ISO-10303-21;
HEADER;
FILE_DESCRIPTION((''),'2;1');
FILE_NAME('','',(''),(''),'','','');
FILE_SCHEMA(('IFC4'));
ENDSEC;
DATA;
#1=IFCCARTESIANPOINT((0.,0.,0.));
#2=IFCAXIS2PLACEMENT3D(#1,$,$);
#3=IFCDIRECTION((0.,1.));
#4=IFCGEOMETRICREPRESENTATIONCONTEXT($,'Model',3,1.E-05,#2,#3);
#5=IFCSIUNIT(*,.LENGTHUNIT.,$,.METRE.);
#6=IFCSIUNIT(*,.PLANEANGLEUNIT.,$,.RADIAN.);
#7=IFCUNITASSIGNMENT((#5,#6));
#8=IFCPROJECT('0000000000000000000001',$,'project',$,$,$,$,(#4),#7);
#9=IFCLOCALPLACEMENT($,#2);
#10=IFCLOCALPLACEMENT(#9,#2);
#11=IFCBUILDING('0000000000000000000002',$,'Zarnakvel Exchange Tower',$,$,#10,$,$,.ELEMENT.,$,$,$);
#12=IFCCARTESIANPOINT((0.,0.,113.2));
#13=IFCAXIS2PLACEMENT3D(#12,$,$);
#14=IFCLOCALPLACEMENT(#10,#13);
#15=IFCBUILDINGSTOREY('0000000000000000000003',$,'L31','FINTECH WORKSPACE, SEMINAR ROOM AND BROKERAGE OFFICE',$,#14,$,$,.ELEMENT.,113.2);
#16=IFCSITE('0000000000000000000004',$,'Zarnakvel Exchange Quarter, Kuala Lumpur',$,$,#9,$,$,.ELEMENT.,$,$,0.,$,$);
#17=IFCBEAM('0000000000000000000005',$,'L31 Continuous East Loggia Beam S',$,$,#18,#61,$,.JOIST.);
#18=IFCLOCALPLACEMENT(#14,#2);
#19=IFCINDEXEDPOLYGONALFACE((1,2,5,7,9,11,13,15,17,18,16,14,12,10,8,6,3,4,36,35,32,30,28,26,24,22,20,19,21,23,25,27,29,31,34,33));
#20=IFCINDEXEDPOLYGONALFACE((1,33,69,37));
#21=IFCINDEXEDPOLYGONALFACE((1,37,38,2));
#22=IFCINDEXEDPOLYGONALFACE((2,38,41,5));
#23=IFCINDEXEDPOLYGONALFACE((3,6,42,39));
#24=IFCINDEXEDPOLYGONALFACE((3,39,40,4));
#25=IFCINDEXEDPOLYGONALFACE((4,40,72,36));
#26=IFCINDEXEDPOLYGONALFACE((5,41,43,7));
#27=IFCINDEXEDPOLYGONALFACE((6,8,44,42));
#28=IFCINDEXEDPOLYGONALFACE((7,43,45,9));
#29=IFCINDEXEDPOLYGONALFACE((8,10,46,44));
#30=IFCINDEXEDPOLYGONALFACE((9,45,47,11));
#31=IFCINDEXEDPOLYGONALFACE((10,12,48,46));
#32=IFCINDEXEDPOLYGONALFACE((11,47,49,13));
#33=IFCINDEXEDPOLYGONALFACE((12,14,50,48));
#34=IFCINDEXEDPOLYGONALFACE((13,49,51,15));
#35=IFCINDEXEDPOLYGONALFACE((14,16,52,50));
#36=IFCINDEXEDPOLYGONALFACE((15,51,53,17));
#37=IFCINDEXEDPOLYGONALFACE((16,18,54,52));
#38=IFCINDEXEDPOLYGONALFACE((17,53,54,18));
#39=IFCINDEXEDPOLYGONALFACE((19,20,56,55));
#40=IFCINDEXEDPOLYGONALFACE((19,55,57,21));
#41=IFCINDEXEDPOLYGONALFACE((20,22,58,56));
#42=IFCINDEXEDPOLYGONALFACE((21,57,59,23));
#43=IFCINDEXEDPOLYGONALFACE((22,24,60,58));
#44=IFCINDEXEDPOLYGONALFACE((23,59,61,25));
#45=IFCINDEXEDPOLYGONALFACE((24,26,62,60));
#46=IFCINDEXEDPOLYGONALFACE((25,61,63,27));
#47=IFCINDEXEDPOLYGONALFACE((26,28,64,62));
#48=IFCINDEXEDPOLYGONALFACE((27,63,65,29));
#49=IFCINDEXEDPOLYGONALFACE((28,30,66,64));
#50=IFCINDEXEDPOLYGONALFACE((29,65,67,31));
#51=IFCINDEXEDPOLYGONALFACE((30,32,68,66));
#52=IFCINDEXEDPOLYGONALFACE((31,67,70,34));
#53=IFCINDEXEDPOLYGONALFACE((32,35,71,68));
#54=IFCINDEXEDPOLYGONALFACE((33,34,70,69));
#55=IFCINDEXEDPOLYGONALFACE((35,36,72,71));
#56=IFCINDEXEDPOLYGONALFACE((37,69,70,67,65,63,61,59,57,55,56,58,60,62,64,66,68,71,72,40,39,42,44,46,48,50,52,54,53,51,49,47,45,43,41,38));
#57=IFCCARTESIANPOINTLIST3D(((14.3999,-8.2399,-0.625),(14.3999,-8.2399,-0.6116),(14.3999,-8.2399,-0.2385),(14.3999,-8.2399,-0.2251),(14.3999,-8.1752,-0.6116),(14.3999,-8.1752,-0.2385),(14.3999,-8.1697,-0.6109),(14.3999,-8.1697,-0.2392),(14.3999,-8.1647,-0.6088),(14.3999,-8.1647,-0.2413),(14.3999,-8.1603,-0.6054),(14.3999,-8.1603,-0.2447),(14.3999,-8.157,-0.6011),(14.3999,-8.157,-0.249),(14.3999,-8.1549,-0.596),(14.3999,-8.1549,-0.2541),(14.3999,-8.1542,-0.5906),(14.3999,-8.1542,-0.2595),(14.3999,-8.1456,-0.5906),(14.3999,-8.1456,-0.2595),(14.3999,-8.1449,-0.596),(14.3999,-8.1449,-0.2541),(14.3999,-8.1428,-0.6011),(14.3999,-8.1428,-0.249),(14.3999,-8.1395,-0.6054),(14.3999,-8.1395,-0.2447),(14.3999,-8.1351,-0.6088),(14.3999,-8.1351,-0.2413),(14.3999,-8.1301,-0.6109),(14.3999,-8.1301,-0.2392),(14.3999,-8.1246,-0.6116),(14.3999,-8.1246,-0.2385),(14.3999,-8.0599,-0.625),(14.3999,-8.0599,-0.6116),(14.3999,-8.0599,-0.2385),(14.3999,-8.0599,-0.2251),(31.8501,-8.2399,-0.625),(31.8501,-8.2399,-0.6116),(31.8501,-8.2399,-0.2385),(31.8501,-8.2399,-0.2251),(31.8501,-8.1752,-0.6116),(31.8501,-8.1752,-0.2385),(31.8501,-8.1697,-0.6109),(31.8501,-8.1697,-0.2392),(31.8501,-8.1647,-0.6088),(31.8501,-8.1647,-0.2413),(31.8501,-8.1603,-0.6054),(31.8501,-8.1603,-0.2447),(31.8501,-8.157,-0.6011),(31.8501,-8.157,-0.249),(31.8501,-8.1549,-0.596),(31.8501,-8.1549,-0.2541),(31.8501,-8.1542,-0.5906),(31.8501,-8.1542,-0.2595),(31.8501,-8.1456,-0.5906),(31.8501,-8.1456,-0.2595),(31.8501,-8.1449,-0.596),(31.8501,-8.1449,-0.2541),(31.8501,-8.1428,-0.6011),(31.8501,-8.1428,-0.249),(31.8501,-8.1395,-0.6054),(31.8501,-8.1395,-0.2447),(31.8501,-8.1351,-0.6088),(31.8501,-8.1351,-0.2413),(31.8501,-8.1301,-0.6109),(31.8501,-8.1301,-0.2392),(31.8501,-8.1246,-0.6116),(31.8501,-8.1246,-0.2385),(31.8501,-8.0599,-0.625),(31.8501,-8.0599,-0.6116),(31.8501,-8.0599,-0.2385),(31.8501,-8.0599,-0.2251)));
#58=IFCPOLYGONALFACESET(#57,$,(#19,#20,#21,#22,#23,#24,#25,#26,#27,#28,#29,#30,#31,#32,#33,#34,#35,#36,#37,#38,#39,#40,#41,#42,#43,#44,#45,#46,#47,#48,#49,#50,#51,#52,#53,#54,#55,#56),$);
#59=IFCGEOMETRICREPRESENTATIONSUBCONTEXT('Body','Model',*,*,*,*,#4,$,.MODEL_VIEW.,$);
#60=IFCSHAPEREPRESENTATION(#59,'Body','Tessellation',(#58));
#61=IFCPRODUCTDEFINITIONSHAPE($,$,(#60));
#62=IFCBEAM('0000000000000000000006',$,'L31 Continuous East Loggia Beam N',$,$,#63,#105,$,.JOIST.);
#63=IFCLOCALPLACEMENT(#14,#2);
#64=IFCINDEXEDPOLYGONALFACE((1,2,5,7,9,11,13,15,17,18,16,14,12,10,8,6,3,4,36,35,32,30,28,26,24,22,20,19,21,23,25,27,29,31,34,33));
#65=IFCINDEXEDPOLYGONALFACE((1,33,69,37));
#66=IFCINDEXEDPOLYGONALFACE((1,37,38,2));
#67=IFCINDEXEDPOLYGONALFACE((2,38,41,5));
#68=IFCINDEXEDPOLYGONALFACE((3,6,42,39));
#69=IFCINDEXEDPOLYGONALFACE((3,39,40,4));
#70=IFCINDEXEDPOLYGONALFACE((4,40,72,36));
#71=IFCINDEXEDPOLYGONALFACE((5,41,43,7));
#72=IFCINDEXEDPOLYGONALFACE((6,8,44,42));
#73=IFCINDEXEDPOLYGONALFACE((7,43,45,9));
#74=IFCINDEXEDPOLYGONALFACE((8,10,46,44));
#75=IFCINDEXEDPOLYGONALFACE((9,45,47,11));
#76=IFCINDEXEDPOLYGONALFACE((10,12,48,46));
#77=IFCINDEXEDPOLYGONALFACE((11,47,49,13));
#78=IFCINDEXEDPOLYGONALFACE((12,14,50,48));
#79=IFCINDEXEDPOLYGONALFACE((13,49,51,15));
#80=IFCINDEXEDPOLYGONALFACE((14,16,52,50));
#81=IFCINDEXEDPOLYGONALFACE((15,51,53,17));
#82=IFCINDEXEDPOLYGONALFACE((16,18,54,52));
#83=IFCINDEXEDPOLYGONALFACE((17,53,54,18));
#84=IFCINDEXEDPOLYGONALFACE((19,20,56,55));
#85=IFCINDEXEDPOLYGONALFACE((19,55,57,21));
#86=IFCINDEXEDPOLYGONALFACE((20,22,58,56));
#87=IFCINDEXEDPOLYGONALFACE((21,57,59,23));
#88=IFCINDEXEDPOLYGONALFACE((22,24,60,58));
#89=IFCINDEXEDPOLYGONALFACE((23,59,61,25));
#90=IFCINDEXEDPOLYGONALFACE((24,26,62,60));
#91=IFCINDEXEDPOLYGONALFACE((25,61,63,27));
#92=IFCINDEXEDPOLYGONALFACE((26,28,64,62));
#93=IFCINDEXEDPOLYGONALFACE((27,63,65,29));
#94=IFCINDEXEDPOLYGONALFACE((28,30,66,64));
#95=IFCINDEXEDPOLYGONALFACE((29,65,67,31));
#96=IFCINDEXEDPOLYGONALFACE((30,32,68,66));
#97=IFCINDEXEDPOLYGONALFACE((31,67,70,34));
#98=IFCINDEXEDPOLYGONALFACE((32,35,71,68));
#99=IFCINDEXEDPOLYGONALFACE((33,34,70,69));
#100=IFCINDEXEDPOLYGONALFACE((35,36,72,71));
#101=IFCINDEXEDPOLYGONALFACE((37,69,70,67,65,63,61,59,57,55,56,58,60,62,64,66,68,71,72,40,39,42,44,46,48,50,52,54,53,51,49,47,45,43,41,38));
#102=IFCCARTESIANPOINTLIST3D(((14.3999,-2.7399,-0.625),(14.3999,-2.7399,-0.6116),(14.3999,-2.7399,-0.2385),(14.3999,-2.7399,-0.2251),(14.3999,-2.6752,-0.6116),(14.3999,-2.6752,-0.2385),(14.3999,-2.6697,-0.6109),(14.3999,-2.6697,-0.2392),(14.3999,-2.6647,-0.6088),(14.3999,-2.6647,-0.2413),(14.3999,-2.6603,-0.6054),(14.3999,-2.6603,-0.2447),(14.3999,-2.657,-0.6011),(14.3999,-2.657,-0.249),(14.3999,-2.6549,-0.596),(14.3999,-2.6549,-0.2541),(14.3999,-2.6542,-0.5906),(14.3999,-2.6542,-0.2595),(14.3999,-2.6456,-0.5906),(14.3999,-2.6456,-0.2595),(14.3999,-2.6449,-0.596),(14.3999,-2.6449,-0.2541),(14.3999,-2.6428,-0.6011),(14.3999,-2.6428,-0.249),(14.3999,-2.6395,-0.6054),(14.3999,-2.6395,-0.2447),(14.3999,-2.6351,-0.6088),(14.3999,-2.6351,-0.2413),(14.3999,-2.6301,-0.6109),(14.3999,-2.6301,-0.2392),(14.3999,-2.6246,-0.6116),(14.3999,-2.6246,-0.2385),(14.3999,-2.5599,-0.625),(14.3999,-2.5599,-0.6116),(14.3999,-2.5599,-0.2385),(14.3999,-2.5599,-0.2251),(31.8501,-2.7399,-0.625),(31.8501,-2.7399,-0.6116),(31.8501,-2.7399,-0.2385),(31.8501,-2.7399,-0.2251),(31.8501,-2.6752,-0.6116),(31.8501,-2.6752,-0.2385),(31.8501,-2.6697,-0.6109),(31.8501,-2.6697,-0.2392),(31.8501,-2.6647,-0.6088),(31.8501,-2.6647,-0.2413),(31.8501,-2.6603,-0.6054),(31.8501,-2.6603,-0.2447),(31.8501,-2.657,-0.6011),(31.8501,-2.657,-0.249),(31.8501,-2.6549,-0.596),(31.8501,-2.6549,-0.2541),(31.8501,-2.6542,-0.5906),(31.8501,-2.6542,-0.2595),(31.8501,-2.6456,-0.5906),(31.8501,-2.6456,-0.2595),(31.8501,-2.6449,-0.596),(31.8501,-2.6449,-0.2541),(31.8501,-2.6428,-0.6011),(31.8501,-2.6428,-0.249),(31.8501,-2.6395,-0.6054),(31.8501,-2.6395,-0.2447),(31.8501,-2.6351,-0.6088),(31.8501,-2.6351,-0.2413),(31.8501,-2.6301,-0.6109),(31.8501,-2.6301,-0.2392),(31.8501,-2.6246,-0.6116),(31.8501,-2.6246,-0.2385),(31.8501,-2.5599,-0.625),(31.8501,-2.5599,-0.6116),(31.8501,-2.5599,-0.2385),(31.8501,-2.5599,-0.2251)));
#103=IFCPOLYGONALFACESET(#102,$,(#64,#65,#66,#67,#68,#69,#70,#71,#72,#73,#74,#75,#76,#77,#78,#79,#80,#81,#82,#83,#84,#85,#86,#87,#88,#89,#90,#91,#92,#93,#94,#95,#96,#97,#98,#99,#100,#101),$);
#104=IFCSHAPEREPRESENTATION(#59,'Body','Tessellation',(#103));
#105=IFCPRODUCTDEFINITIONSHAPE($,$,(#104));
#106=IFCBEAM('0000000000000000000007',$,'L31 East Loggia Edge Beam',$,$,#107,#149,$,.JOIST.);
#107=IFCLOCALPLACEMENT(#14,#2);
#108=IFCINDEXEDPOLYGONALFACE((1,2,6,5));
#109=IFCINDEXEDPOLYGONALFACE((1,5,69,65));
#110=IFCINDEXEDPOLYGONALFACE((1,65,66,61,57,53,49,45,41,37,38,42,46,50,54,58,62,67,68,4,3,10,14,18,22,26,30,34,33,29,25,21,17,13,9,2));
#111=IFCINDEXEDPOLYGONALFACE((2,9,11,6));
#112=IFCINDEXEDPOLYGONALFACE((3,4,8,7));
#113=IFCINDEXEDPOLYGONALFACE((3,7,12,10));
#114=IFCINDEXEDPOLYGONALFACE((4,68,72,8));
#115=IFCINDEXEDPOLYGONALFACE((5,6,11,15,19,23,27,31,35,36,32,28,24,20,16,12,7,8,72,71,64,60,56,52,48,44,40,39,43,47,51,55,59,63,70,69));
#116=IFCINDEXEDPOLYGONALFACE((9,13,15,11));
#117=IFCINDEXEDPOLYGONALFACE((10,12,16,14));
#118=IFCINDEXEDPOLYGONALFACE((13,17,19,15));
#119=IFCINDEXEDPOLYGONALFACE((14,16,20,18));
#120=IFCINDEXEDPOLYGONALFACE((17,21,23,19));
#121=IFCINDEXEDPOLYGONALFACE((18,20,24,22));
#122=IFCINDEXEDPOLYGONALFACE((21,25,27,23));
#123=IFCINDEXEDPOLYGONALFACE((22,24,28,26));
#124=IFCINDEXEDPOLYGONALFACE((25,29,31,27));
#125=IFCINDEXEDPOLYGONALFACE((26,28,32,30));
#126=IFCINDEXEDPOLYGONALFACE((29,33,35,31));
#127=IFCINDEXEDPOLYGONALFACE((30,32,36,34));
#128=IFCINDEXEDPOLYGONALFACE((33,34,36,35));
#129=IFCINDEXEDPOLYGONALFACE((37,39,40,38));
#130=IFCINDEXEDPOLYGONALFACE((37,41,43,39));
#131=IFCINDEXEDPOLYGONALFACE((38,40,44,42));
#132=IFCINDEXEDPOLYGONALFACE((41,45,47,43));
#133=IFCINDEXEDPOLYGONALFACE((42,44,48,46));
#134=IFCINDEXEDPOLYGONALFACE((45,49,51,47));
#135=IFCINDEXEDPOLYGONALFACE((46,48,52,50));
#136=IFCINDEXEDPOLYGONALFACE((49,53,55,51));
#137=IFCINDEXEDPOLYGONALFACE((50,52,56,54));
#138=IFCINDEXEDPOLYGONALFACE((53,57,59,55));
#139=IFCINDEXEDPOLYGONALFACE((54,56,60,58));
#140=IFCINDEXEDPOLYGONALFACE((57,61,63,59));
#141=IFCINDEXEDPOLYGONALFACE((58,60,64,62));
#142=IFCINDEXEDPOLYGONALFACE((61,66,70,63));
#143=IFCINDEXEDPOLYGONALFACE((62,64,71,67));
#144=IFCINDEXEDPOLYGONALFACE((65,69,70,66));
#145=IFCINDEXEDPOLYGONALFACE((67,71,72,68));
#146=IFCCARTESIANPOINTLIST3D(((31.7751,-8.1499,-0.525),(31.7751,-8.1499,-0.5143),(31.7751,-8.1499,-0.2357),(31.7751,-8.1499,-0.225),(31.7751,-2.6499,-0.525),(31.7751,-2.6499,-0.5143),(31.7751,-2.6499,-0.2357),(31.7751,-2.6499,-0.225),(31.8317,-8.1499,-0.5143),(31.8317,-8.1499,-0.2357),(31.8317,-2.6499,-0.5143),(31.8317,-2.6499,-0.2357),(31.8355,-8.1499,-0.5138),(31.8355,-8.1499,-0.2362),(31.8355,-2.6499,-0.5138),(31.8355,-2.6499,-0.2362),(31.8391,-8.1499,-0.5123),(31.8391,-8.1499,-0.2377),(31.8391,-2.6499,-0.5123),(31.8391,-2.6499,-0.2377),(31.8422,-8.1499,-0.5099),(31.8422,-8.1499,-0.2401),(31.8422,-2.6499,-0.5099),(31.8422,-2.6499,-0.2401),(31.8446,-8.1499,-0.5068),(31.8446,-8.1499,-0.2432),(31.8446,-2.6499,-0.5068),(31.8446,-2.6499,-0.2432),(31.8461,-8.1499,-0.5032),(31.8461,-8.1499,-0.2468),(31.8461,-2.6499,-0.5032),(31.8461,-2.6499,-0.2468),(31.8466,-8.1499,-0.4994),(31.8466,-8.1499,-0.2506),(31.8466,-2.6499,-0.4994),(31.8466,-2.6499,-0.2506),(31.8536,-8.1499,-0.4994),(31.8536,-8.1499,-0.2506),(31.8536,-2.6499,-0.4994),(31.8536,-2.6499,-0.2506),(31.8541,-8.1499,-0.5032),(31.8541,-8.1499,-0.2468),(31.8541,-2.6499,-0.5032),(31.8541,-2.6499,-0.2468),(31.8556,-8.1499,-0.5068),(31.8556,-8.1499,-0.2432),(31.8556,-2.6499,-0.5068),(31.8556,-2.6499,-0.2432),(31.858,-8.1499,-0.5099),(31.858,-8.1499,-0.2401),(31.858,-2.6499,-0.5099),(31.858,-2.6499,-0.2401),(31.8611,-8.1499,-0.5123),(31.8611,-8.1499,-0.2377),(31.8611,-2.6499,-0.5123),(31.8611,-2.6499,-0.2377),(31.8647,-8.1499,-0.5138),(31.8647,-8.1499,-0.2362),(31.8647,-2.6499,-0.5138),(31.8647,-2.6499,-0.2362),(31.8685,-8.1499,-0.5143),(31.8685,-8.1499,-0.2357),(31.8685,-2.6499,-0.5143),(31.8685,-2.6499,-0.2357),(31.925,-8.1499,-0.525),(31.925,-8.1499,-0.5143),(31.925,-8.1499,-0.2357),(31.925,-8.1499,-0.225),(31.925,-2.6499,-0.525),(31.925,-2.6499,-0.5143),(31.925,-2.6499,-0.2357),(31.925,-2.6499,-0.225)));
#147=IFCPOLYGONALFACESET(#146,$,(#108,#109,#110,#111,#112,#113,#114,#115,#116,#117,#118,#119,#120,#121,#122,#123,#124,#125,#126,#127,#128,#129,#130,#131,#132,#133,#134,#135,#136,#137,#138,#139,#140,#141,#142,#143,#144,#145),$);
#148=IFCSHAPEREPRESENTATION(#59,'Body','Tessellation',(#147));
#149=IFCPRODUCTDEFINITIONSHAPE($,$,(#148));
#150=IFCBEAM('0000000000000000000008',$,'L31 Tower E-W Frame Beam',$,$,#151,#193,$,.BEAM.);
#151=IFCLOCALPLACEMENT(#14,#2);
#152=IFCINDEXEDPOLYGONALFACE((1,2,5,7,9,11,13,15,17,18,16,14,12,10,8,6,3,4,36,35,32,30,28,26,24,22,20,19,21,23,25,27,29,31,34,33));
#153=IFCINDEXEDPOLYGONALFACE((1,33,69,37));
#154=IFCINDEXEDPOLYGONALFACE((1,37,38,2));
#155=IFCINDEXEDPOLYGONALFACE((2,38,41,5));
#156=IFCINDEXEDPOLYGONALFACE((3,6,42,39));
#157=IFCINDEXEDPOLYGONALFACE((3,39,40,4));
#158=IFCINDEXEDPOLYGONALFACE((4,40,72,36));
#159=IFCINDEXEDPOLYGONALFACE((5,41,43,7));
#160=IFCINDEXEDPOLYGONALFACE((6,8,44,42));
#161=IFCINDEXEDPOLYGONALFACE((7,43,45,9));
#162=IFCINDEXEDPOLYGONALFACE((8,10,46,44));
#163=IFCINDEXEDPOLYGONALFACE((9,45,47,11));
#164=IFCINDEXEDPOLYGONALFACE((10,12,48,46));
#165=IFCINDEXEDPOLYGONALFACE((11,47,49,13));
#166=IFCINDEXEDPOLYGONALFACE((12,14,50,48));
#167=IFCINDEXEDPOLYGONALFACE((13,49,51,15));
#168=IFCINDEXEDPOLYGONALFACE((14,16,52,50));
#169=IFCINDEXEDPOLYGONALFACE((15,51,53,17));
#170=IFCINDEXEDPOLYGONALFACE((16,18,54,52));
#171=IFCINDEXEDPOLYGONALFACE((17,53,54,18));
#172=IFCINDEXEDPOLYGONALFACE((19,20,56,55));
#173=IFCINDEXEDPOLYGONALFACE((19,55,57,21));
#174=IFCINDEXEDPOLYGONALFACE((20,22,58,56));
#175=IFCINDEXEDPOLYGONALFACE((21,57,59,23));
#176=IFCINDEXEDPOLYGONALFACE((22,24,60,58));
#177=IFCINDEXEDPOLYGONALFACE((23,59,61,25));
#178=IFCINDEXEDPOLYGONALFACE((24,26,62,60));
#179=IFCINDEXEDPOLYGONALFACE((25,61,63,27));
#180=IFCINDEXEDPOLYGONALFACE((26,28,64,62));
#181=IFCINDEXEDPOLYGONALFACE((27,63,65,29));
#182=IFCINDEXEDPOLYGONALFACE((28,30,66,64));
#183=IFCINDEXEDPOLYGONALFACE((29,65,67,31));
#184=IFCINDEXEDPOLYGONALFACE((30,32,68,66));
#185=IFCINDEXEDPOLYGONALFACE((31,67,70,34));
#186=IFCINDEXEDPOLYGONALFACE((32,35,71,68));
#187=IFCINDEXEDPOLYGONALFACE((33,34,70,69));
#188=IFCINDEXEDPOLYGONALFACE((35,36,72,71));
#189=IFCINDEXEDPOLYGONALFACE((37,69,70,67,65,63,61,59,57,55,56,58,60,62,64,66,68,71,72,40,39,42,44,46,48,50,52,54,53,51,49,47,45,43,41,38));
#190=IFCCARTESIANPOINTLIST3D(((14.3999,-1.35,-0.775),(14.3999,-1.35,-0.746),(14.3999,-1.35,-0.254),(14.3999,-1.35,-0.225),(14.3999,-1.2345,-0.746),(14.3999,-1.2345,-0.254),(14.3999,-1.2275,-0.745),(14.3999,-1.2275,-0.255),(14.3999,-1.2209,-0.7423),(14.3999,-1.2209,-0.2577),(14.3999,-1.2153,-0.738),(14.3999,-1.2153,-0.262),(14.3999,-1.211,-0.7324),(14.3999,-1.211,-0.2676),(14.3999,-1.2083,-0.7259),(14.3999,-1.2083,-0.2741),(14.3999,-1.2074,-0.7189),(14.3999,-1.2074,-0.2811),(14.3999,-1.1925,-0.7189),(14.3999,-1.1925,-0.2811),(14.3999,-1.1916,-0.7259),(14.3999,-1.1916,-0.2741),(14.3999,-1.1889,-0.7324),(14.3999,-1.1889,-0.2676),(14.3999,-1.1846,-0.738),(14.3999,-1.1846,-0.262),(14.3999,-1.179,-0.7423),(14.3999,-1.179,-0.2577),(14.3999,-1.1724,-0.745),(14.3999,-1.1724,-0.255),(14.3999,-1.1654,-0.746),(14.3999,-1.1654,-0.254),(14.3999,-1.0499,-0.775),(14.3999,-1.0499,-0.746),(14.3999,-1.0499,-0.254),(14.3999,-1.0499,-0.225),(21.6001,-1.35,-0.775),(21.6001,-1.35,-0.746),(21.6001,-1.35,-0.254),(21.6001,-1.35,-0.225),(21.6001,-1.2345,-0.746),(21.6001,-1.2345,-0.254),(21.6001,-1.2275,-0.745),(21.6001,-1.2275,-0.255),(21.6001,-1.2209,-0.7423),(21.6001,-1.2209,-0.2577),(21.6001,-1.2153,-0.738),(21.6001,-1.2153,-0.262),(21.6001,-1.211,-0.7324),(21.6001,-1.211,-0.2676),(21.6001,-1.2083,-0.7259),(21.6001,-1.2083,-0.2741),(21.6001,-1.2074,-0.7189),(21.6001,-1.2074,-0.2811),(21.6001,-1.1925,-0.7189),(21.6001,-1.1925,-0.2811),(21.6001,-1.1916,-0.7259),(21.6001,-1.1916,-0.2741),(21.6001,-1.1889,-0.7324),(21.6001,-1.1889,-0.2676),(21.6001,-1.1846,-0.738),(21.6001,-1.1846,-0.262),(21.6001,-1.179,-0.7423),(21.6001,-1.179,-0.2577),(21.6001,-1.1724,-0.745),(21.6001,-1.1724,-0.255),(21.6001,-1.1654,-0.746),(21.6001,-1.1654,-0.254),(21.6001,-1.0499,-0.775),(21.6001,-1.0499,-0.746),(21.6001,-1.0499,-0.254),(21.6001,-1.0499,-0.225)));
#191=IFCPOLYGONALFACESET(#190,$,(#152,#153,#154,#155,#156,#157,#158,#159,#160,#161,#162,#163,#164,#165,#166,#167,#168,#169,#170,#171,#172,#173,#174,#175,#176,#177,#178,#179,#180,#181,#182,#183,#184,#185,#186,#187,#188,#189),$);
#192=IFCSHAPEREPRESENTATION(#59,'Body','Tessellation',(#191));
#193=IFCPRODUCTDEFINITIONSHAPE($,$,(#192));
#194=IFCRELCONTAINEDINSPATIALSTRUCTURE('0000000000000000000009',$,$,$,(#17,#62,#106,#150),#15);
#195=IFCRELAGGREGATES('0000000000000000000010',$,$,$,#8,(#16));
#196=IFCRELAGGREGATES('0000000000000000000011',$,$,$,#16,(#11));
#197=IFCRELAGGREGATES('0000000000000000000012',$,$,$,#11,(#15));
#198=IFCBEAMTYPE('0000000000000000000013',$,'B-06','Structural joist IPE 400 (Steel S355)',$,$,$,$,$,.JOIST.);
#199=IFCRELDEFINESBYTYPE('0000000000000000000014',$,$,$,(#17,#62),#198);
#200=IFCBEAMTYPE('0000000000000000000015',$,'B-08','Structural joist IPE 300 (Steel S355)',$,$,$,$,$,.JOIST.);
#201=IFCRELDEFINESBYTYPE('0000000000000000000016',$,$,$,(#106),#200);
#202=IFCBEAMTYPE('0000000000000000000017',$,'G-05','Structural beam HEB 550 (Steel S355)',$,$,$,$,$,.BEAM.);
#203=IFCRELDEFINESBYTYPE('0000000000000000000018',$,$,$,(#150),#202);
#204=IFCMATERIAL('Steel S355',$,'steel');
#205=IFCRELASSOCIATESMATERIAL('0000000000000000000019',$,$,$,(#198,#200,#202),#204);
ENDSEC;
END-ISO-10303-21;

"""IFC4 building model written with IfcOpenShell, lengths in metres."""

from ifc_helpers import new_model, si_unit, direction, frame, origin, origin_2d, place, context, subcontext, project, spatial, i_section, extrude, material, material_profile, profile_set, type_object, element, save


model = new_model("IFC4")

# Units and contexts
model_context = context("Model", 3, precision=1e-05, world=origin(), true_north=direction((0.0, 1.0)))
body_context = subcontext(model_context, "Body", "Model", "MODEL_VIEW")
ifc_project = project(units=[si_unit("LENGTHUNIT", "METRE"), si_unit("PLANEANGLEUNIT", "RADIAN")], contexts=[model_context])

# Site, building, storey
site_placement = place(None, origin())
site = spatial("IfcSite", under=ifc_project, at=site_placement, Name="Zarnakvel Exchange Quarter, Kuala Lumpur", CompositionType="ELEMENT", RefElevation=0.0)
building_placement = place(site_placement, origin())
building = spatial("IfcBuilding", under=site, at=building_placement, Name="Zarnakvel Exchange Tower", CompositionType="ELEMENT")
storey_placement = place(building_placement, frame((0.0, 0.0, 113.2)))
storey = spatial("IfcBuildingStorey", under=building, at=storey_placement, Name="L31", Description="FINTECH WORKSPACE, SEMINAR ROOM AND BROKERAGE OFFICE", CompositionType="ELEMENT", Elevation=113.2)

# Shared definitions
ifc_material_1 = material(Name="Steel S355", Category="steel")

# Beams
ifc_material_profile_1 = material_profile(ifc_material_1, i_section(OverallWidth=0.1799, OverallDepth=0.3999, WebThickness=0.0085, FlangeThickness=0.0134, FilletRadius=0.021, at=origin_2d()))
ifc_profile_set_1 = profile_set([ifc_material_profile_1], Name="Steel S355")
beam_type_1 = type_object("IfcBeamType", Name="B-06", Description="Structural joist IPE 400 (Steel S355)", PredefinedType="JOIST", material=ifc_profile_set_1)
for number, where, z_axis, x_axis, name in (
    (1, (14.3999, -8.1499, -0.425), (1.0, 0.0, 0.0), (0.0, 1.0, 0.0), "L31 Continuous East Loggia Beam S"),
    (2, (14.3999, -2.6499, -0.425), (1.0, 0.0, 0.0), (0.0, 1.0, 0.0), "L31 Continuous East Loggia Beam N"),
):
    element("IfcBeam", number, at=place(storey_placement, frame(where, z_axis=z_axis, x_axis=x_axis)), inside=storey, type_object=beam_type_1, Name=name, PredefinedType="JOIST", context=body_context, shape_type="SweptSolid", body=[
        extrude(i_section(OverallWidth=0.1799, OverallDepth=0.3999, WebThickness=0.0085, FlangeThickness=0.0134, FilletRadius=0.021, at=origin_2d()), origin(), (0.0, 0.0, 1.0), 17.4502),
    ])
ifc_material_profile_2 = material_profile(ifc_material_1, i_section(OverallWidth=0.1499, OverallDepth=0.3, WebThickness=0.0071, FlangeThickness=0.0107, FilletRadius=0.0149, at=origin_2d()))
ifc_profile_set_2 = profile_set([ifc_material_profile_2], Name="Steel S355")
beam_type_2 = type_object("IfcBeamType", Name="B-08", Description="Structural joist IPE 300 (Steel S355)", PredefinedType="JOIST", material=ifc_profile_set_2)
beam_1_placement = place(storey_placement, frame((31.8501, -8.1499, -0.375), z_axis=(0.0, 1.0, 0.0), x_axis=(-1.0, 0.0, 0.0)))
element("IfcBeam", 3, at=beam_1_placement, inside=storey, type_object=beam_type_2, Name="L31 East Loggia Edge Beam", PredefinedType="JOIST", context=body_context, shape_type="SweptSolid", body=[
    extrude(i_section(OverallWidth=0.1499, OverallDepth=0.3, WebThickness=0.0071, FlangeThickness=0.0107, FilletRadius=0.0149, at=origin_2d()), origin(), (0.0, 0.0, 1.0), 5.5),
])
ifc_material_profile_3 = material_profile(ifc_material_1, i_section(OverallWidth=0.3, OverallDepth=0.55, WebThickness=0.0149, FlangeThickness=0.0291, FilletRadius=0.0271, at=origin_2d()))
ifc_profile_set_3 = profile_set([ifc_material_profile_3], Name="Steel S355")
beam_type_3 = type_object("IfcBeamType", Name="G-05", Description="Structural beam HEB 550 (Steel S355)", PredefinedType="BEAM", material=ifc_profile_set_3)
beam_2_placement = place(storey_placement, frame((14.3999, -1.2, -0.5), z_axis=(1.0, 0.0, 0.0), x_axis=(0.0, 1.0, 0.0)))
element("IfcBeam", 4, at=beam_2_placement, inside=storey, type_object=beam_type_3, Name="L31 Tower E-W Frame Beam", PredefinedType="BEAM", context=body_context, shape_type="SweptSolid", body=[
    extrude(i_section(OverallWidth=0.3, OverallDepth=0.55, WebThickness=0.0149, FlangeThickness=0.0291, FilletRadius=0.0271, at=origin_2d()), origin(), (0.0, 0.0, 1.0), 7.2002),
])

save(model, "model.ifc")
